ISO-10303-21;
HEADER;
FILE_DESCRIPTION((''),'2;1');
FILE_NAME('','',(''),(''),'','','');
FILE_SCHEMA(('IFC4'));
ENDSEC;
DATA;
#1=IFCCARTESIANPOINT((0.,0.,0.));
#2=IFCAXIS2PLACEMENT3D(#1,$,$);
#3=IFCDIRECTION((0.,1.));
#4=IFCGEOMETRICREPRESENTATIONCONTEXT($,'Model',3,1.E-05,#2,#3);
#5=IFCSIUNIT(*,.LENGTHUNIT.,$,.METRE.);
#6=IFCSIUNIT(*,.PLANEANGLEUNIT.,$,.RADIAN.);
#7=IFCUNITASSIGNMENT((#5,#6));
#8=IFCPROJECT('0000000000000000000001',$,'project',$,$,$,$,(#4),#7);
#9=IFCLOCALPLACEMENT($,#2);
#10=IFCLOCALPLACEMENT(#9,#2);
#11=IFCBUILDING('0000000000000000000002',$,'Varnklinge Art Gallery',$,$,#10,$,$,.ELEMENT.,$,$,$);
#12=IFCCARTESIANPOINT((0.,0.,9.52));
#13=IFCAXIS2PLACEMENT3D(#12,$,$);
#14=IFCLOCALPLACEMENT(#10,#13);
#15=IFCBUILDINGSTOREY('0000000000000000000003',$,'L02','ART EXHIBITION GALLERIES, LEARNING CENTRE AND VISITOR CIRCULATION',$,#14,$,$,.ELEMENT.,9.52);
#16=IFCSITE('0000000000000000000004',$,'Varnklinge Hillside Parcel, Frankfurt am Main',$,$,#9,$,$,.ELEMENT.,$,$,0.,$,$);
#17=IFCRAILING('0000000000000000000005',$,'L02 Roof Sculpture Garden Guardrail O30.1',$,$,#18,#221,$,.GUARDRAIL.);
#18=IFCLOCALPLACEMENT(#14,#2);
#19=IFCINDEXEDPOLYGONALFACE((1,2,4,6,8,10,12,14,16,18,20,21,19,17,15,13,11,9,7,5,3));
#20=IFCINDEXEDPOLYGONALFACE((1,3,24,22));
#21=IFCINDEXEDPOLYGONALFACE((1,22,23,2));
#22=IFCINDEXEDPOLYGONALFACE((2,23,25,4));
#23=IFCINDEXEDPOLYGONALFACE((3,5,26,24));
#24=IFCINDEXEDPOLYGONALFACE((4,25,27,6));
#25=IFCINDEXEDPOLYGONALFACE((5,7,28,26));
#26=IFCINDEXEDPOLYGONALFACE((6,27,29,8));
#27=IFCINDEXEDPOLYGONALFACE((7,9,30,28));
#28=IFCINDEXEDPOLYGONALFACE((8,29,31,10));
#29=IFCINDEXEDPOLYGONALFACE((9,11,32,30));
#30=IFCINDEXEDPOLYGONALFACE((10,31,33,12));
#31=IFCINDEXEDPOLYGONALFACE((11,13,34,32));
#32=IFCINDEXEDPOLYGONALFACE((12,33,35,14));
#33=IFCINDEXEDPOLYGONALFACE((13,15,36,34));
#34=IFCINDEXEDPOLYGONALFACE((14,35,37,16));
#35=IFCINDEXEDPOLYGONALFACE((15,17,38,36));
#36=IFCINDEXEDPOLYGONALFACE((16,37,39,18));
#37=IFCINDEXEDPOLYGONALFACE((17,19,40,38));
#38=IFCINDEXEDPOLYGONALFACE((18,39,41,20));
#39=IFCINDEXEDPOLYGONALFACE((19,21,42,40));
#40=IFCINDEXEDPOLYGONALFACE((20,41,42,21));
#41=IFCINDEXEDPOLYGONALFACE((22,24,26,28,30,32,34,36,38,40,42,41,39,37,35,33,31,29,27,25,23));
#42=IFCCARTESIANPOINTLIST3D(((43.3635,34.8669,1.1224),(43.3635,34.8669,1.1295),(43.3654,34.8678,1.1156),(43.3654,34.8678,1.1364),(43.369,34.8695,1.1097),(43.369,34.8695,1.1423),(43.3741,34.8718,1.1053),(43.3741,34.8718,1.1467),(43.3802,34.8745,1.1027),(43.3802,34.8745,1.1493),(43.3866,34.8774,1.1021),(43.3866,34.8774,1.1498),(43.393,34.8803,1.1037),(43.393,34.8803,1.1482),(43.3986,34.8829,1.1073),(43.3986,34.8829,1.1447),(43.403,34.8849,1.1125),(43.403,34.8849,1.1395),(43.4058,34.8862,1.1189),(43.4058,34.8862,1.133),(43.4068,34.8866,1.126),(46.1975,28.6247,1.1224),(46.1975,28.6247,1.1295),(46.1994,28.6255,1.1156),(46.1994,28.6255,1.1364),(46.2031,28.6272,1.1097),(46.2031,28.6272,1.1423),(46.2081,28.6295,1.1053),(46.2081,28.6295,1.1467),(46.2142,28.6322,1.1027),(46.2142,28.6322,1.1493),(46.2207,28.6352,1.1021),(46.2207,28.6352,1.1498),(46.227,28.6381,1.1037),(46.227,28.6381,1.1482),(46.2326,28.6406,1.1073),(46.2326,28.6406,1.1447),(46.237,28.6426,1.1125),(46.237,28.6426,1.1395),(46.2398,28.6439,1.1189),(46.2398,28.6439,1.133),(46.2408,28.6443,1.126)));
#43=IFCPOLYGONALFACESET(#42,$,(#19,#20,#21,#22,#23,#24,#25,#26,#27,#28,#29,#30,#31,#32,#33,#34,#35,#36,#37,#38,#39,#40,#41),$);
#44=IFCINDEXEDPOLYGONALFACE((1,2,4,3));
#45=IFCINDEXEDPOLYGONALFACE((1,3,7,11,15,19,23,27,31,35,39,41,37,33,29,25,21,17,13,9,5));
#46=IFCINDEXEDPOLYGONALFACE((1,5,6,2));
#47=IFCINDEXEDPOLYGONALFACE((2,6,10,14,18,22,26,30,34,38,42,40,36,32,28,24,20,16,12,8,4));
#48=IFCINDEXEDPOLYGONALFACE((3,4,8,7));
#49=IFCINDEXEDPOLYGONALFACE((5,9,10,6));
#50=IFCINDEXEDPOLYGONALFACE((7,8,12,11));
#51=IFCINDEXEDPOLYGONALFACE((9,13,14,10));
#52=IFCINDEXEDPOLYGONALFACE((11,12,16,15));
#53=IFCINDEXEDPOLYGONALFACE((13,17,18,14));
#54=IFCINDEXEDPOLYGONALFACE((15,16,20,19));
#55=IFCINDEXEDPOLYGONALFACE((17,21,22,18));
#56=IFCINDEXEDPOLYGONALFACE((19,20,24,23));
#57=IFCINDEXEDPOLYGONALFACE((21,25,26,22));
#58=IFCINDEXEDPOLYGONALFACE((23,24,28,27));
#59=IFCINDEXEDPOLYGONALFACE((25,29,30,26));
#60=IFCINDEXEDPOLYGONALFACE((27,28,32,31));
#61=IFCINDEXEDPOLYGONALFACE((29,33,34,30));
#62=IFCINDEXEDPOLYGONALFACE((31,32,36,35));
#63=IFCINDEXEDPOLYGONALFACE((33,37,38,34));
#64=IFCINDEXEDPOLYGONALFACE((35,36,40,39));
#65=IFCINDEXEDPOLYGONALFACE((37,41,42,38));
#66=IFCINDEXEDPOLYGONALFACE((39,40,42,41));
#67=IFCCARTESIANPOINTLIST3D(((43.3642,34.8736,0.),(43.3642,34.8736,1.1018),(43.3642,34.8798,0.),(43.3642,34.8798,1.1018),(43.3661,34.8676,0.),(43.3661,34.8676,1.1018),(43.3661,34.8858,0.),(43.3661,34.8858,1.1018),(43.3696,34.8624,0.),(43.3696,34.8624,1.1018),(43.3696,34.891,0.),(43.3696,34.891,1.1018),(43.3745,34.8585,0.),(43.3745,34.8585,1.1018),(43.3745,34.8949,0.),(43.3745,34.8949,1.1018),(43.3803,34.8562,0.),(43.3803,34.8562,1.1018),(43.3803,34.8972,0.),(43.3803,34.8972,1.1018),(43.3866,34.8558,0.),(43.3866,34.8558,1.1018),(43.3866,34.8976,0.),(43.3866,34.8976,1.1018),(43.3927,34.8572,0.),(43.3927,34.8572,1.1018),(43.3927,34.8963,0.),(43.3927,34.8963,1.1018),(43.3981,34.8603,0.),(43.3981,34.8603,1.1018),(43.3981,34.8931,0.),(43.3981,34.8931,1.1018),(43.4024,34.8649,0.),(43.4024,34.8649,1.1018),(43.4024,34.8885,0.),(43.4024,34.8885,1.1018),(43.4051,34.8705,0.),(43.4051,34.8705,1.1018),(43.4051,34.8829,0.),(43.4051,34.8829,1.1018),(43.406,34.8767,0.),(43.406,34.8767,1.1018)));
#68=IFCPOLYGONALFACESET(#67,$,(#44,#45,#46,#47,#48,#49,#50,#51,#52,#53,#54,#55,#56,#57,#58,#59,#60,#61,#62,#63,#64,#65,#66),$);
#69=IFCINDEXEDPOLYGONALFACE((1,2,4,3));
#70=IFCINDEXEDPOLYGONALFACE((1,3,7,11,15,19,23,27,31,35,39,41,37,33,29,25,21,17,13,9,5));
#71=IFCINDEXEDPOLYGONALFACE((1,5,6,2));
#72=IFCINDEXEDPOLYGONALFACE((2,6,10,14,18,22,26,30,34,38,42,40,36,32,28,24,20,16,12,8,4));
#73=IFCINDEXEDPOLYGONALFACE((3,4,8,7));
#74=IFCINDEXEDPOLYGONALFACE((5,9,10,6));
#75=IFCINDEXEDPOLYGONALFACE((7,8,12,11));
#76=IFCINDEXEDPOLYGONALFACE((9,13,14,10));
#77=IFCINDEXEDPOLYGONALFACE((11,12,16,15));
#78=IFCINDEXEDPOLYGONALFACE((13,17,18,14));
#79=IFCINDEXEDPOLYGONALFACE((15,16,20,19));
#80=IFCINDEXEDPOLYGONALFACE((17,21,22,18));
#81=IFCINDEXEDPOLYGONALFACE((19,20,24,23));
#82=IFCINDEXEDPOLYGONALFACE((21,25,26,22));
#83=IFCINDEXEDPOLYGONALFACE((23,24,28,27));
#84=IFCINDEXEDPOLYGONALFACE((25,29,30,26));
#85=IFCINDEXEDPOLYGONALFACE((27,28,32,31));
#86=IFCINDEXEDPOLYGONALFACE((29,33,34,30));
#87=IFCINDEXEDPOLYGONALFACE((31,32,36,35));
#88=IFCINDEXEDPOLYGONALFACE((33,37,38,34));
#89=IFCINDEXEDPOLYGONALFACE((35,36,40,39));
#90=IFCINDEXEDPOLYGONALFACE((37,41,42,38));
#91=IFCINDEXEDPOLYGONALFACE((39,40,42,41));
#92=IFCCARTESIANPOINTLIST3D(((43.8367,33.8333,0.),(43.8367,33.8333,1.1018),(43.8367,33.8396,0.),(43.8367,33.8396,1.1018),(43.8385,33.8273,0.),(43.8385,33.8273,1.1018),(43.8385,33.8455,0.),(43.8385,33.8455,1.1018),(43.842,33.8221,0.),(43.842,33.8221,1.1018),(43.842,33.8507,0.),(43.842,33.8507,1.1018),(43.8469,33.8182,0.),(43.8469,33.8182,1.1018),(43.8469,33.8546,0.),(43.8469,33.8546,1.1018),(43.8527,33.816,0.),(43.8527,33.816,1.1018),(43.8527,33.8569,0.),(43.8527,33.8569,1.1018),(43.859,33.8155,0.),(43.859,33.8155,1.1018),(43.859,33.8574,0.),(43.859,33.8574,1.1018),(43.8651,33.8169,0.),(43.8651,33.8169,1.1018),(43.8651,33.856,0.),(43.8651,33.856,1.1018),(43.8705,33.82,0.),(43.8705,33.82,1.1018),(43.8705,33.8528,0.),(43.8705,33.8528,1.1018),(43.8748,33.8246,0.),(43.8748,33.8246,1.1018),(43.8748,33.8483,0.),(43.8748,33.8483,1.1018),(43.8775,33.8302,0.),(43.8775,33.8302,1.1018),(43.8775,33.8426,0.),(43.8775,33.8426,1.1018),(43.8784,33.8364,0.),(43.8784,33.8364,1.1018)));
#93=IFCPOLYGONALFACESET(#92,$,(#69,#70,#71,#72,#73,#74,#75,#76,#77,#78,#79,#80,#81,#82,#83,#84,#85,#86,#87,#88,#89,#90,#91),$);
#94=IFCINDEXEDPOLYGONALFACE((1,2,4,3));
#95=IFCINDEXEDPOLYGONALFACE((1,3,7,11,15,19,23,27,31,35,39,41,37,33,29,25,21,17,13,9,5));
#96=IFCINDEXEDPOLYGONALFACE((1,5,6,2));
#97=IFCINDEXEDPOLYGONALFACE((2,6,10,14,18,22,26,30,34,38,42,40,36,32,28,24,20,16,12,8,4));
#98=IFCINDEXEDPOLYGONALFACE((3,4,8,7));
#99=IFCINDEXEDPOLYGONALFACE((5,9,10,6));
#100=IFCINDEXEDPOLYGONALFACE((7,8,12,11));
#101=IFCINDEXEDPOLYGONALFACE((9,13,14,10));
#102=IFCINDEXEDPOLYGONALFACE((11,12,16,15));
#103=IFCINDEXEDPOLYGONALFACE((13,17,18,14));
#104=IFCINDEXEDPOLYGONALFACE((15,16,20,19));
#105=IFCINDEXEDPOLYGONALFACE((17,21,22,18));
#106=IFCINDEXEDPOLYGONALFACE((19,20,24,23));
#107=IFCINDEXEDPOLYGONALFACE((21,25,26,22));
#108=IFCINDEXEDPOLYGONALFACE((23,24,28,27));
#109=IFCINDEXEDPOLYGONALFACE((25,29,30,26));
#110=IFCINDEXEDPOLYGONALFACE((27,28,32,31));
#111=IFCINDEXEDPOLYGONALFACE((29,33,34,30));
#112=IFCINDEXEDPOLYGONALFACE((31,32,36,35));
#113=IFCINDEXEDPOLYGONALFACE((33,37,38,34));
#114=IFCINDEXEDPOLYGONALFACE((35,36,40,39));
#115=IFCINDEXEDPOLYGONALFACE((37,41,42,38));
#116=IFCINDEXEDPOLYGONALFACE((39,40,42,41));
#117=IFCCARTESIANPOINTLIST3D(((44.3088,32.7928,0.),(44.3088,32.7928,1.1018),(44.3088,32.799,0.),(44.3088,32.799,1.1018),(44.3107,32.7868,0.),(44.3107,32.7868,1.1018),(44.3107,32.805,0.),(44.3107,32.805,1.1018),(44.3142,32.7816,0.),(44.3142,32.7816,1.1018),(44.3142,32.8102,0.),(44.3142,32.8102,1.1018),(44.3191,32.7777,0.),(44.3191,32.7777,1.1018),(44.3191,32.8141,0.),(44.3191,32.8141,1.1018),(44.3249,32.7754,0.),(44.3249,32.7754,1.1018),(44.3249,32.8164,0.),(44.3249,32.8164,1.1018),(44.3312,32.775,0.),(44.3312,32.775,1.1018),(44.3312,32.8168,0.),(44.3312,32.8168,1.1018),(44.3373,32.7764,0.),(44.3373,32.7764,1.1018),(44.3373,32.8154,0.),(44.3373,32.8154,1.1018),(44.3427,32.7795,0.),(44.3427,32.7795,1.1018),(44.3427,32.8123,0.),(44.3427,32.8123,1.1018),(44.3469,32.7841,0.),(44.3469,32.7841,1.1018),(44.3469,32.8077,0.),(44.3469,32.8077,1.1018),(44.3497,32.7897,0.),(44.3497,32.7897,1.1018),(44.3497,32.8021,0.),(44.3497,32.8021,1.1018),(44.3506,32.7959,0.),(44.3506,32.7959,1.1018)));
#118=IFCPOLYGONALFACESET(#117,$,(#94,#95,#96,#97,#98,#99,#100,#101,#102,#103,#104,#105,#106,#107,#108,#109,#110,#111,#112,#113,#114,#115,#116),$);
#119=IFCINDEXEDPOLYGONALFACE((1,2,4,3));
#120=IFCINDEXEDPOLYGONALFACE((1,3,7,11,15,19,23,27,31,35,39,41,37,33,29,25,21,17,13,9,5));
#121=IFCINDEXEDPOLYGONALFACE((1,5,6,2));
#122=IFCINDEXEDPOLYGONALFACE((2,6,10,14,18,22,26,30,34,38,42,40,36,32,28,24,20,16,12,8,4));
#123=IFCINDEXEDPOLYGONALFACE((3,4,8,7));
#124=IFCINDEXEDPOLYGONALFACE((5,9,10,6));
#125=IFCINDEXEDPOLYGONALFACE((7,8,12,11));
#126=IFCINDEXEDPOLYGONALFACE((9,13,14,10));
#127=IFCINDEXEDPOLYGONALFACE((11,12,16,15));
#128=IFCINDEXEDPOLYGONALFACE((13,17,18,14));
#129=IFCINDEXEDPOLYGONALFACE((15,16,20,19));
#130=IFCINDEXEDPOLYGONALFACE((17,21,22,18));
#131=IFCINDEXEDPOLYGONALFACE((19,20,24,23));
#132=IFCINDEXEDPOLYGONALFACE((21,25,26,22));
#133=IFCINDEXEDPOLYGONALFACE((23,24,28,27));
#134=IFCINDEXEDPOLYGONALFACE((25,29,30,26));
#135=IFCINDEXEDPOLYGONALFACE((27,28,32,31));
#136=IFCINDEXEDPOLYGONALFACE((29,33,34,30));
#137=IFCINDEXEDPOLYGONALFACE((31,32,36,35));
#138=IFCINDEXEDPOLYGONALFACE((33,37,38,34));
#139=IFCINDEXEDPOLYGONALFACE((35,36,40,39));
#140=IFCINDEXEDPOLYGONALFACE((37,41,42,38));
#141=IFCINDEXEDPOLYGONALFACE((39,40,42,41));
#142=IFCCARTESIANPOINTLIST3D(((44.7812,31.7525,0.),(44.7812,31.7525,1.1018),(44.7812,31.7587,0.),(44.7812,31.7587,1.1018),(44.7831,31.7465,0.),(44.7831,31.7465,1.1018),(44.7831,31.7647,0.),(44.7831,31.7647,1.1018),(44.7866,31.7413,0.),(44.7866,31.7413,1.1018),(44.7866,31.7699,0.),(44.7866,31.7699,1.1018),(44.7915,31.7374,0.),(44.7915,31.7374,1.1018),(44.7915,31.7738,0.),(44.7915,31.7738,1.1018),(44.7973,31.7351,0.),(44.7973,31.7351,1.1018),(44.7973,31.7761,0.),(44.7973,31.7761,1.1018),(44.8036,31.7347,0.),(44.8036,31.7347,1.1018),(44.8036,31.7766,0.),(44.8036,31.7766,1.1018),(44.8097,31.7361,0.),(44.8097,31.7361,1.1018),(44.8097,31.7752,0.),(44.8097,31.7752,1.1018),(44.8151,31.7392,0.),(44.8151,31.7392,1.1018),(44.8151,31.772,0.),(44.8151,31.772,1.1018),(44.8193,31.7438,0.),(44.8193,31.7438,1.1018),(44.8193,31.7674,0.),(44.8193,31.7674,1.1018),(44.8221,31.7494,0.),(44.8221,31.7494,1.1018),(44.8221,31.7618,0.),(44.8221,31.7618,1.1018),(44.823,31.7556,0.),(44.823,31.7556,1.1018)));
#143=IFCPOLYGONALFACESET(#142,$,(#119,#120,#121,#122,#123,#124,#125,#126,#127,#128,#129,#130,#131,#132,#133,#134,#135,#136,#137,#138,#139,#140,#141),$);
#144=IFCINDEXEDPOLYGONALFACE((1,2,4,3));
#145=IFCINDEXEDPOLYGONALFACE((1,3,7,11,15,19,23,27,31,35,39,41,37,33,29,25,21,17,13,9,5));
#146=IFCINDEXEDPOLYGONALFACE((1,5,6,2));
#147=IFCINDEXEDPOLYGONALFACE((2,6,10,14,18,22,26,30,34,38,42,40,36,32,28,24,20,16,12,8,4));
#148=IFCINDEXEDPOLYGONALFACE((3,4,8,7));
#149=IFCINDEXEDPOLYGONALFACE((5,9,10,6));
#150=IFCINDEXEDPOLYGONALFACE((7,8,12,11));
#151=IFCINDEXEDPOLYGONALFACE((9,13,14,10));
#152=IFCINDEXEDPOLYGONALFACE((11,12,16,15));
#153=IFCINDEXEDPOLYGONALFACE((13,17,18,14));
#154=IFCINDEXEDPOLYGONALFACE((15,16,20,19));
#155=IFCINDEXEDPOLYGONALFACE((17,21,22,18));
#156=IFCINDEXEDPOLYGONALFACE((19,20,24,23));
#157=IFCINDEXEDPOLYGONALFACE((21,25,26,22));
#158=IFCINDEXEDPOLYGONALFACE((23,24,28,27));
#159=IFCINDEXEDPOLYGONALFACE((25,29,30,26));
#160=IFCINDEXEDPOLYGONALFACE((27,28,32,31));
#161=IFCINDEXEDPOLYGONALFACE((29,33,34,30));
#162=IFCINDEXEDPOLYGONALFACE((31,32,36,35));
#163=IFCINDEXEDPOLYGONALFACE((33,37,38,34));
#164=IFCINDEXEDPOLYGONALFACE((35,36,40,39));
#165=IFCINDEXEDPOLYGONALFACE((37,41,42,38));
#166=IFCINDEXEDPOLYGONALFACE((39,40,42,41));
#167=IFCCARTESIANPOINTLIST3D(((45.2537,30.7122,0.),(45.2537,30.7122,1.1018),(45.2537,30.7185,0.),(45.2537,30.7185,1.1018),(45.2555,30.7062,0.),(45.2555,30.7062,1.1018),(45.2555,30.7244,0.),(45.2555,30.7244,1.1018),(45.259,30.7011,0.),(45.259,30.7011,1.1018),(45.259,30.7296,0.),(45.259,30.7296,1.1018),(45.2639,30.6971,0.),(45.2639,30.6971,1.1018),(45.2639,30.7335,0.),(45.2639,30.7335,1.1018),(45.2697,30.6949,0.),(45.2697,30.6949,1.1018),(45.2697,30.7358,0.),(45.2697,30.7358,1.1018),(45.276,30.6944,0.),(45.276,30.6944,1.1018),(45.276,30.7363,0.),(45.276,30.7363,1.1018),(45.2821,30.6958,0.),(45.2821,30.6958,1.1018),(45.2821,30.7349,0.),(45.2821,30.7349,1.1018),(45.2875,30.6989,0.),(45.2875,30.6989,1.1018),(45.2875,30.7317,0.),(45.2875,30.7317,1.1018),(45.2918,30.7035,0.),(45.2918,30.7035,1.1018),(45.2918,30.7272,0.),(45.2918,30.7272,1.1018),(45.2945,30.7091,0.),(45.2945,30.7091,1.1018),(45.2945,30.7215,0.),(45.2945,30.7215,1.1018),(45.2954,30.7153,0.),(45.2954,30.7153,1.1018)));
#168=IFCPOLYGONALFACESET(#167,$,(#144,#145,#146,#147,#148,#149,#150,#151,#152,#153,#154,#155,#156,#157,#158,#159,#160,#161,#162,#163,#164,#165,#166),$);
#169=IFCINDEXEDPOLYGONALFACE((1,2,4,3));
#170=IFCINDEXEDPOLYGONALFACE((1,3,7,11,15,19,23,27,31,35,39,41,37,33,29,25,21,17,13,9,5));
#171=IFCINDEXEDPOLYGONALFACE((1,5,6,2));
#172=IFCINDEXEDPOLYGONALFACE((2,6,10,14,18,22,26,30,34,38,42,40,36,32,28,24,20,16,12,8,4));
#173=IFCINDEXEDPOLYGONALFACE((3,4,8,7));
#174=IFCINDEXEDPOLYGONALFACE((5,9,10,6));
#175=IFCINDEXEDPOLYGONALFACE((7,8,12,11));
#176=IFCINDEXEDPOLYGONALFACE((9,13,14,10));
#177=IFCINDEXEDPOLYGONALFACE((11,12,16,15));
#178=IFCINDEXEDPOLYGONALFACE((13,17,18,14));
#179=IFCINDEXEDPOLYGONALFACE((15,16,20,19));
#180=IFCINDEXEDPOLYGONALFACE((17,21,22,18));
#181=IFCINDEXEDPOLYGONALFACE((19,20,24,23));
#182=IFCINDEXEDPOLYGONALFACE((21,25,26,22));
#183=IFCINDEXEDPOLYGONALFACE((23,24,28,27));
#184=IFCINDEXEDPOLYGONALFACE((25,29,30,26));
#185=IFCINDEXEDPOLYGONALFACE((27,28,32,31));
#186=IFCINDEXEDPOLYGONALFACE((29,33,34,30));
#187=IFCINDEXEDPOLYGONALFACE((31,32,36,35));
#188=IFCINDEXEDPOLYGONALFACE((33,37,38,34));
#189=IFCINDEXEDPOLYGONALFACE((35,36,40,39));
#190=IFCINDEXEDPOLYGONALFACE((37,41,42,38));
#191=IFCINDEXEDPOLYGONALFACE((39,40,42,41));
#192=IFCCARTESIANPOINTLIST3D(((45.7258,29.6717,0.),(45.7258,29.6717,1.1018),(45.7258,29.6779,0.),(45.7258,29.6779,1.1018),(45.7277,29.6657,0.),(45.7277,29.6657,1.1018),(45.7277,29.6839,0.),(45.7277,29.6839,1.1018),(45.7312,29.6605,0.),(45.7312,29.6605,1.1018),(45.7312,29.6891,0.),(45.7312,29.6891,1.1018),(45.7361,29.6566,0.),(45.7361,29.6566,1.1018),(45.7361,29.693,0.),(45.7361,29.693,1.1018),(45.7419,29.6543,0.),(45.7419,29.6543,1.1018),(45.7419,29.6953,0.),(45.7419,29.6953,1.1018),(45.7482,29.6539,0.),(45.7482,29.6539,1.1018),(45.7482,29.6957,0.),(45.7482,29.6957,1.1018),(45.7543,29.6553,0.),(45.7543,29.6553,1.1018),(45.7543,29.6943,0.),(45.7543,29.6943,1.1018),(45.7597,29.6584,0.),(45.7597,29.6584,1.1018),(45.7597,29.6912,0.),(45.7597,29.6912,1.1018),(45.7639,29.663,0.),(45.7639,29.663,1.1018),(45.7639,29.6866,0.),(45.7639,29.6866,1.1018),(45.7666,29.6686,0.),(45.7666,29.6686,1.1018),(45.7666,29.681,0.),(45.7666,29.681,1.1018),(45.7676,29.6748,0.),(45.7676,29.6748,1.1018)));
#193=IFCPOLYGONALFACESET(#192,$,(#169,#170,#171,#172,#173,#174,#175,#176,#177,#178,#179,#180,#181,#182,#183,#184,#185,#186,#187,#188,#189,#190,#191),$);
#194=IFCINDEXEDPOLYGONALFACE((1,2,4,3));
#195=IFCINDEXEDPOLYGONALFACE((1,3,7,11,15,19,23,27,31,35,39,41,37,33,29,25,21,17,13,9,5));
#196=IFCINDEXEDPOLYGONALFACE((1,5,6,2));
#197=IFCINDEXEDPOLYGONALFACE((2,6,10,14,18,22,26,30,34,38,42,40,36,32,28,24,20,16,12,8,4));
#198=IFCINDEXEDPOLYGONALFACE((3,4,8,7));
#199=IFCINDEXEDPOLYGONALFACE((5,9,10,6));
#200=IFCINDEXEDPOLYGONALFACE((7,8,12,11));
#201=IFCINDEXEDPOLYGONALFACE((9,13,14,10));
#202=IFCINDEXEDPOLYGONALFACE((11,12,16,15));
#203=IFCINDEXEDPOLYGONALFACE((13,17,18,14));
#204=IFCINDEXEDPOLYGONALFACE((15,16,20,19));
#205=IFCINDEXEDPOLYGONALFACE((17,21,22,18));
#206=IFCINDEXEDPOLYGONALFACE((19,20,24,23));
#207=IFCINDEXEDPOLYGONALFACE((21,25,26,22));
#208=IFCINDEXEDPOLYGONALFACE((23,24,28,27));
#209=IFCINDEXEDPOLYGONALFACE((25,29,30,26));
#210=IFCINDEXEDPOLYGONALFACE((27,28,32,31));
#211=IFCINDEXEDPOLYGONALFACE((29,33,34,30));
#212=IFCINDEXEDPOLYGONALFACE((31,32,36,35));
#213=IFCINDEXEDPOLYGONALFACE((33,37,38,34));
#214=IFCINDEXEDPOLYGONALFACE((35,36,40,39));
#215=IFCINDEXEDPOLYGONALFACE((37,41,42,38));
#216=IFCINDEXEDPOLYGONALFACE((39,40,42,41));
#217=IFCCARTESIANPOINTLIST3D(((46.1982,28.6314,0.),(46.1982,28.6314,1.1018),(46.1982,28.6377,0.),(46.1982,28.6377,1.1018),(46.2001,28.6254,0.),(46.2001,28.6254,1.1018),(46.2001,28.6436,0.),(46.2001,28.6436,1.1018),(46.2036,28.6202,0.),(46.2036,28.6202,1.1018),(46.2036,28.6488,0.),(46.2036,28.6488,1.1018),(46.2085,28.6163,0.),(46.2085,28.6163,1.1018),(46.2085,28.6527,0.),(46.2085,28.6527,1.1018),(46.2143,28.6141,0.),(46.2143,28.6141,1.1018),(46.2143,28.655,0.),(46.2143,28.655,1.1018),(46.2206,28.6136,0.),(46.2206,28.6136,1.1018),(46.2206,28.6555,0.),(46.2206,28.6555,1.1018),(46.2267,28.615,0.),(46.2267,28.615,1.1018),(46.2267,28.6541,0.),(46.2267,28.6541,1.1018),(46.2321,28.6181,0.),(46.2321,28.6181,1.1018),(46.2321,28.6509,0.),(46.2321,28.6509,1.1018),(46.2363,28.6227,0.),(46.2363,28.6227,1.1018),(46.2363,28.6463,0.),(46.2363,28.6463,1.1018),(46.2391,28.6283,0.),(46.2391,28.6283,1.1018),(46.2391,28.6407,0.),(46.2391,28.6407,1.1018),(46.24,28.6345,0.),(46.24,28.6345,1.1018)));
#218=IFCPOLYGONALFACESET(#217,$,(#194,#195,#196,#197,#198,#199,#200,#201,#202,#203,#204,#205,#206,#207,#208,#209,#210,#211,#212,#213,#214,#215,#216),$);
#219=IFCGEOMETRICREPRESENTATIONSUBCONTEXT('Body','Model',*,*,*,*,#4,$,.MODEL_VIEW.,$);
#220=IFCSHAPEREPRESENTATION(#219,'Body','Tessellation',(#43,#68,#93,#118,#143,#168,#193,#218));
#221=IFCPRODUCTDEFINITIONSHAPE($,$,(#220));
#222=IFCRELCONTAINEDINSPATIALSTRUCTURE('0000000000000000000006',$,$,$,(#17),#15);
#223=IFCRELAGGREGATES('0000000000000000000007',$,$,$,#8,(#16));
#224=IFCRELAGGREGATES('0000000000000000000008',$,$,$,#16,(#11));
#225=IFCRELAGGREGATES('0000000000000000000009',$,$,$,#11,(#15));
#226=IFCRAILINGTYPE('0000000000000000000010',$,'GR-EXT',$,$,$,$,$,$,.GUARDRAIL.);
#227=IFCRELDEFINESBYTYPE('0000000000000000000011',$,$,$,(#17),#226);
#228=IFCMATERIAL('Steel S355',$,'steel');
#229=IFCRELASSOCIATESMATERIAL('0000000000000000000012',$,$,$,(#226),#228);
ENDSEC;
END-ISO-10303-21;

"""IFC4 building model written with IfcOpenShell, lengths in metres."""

from ifc_helpers import new_model, si_unit, direction, frame, origin, origin_2d, place, context, subcontext, project, spatial, circle, extrude, material, type_object, element, save


model = new_model("IFC4")

# Units and contexts
model_context = context("Model", 3, precision=1e-05, world=origin(), true_north=direction((0.0, 1.0)))
body_context = subcontext(model_context, "Body", "Model", "MODEL_VIEW")
ifc_project = project(units=[si_unit("LENGTHUNIT", "METRE"), si_unit("PLANEANGLEUNIT", "RADIAN")], contexts=[model_context])

# Site, building, storey
site_placement = place(None, origin())
site = spatial("IfcSite", under=ifc_project, at=site_placement, Name="Varnklinge Hillside Parcel, Frankfurt am Main", CompositionType="ELEMENT", RefElevation=0.0)
building_placement = place(site_placement, origin())
building = spatial("IfcBuilding", under=site, at=building_placement, Name="Varnklinge Art Gallery", CompositionType="ELEMENT")
storey_placement = place(building_placement, frame((0.0, 0.0, 9.52)))
storey = spatial("IfcBuildingStorey", under=building, at=storey_placement, Name="L02", Description="ART EXHIBITION GALLERIES, LEARNING CENTRE AND VISITOR CIRCULATION", CompositionType="ELEMENT", Elevation=9.52)

# Railing
ifc_material_1 = material(Name="Steel S355", Category="steel")
railing_type = type_object("IfcRailingType", Name="GR-EXT", PredefinedType="GUARDRAIL", material=ifc_material_1)
railing_1_placement = place(storey_placement, frame((43.385, 34.8767, 0.0)))
element("IfcRailing", 1, at=railing_1_placement, inside=storey, type_object=railing_type, Name="L02 Roof Sculpture Garden Guardrail O30.1", PredefinedType="GUARDRAIL", context=body_context, shape_type="SweptSolid", body=[
    extrude(circle(Radius=0.0239, at=origin_2d()), frame((0.0, 0.0, 1.126), z_axis=(0.413395, -0.910552, 0.0), x_axis=(0.910552, 0.413395, 0.0)), (0.0, 0.0, 1.0), 6.8555),
    extrude(circle(Radius=0.021, at=origin_2d()), origin(), (0.0, 0.0, 1.0), 1.1018),
    extrude(circle(Radius=0.021, at=origin_2d()), frame((0.4724, -1.0403, 0.0)), (0.0, 0.0, 1.0), 1.1018),
    extrude(circle(Radius=0.021, at=origin_2d()), frame((0.9446, -2.0808, 0.0)), (0.0, 0.0, 1.0), 1.1018),
    extrude(circle(Radius=0.021, at=origin_2d()), frame((1.417, -3.1211, 0.0)), (0.0, 0.0, 1.0), 1.1018),
    extrude(circle(Radius=0.021, at=origin_2d()), frame((1.8894, -4.1614, 0.0)), (0.0, 0.0, 1.0), 1.1018),
    extrude(circle(Radius=0.021, at=origin_2d()), frame((2.3616, -5.2019, 0.0)), (0.0, 0.0, 1.0), 1.1018),
    extrude(circle(Radius=0.021, at=origin_2d()), frame((2.834, -6.2422, 0.0)), (0.0, 0.0, 1.0), 1.1018),
])

save(model, "model.ifc")
